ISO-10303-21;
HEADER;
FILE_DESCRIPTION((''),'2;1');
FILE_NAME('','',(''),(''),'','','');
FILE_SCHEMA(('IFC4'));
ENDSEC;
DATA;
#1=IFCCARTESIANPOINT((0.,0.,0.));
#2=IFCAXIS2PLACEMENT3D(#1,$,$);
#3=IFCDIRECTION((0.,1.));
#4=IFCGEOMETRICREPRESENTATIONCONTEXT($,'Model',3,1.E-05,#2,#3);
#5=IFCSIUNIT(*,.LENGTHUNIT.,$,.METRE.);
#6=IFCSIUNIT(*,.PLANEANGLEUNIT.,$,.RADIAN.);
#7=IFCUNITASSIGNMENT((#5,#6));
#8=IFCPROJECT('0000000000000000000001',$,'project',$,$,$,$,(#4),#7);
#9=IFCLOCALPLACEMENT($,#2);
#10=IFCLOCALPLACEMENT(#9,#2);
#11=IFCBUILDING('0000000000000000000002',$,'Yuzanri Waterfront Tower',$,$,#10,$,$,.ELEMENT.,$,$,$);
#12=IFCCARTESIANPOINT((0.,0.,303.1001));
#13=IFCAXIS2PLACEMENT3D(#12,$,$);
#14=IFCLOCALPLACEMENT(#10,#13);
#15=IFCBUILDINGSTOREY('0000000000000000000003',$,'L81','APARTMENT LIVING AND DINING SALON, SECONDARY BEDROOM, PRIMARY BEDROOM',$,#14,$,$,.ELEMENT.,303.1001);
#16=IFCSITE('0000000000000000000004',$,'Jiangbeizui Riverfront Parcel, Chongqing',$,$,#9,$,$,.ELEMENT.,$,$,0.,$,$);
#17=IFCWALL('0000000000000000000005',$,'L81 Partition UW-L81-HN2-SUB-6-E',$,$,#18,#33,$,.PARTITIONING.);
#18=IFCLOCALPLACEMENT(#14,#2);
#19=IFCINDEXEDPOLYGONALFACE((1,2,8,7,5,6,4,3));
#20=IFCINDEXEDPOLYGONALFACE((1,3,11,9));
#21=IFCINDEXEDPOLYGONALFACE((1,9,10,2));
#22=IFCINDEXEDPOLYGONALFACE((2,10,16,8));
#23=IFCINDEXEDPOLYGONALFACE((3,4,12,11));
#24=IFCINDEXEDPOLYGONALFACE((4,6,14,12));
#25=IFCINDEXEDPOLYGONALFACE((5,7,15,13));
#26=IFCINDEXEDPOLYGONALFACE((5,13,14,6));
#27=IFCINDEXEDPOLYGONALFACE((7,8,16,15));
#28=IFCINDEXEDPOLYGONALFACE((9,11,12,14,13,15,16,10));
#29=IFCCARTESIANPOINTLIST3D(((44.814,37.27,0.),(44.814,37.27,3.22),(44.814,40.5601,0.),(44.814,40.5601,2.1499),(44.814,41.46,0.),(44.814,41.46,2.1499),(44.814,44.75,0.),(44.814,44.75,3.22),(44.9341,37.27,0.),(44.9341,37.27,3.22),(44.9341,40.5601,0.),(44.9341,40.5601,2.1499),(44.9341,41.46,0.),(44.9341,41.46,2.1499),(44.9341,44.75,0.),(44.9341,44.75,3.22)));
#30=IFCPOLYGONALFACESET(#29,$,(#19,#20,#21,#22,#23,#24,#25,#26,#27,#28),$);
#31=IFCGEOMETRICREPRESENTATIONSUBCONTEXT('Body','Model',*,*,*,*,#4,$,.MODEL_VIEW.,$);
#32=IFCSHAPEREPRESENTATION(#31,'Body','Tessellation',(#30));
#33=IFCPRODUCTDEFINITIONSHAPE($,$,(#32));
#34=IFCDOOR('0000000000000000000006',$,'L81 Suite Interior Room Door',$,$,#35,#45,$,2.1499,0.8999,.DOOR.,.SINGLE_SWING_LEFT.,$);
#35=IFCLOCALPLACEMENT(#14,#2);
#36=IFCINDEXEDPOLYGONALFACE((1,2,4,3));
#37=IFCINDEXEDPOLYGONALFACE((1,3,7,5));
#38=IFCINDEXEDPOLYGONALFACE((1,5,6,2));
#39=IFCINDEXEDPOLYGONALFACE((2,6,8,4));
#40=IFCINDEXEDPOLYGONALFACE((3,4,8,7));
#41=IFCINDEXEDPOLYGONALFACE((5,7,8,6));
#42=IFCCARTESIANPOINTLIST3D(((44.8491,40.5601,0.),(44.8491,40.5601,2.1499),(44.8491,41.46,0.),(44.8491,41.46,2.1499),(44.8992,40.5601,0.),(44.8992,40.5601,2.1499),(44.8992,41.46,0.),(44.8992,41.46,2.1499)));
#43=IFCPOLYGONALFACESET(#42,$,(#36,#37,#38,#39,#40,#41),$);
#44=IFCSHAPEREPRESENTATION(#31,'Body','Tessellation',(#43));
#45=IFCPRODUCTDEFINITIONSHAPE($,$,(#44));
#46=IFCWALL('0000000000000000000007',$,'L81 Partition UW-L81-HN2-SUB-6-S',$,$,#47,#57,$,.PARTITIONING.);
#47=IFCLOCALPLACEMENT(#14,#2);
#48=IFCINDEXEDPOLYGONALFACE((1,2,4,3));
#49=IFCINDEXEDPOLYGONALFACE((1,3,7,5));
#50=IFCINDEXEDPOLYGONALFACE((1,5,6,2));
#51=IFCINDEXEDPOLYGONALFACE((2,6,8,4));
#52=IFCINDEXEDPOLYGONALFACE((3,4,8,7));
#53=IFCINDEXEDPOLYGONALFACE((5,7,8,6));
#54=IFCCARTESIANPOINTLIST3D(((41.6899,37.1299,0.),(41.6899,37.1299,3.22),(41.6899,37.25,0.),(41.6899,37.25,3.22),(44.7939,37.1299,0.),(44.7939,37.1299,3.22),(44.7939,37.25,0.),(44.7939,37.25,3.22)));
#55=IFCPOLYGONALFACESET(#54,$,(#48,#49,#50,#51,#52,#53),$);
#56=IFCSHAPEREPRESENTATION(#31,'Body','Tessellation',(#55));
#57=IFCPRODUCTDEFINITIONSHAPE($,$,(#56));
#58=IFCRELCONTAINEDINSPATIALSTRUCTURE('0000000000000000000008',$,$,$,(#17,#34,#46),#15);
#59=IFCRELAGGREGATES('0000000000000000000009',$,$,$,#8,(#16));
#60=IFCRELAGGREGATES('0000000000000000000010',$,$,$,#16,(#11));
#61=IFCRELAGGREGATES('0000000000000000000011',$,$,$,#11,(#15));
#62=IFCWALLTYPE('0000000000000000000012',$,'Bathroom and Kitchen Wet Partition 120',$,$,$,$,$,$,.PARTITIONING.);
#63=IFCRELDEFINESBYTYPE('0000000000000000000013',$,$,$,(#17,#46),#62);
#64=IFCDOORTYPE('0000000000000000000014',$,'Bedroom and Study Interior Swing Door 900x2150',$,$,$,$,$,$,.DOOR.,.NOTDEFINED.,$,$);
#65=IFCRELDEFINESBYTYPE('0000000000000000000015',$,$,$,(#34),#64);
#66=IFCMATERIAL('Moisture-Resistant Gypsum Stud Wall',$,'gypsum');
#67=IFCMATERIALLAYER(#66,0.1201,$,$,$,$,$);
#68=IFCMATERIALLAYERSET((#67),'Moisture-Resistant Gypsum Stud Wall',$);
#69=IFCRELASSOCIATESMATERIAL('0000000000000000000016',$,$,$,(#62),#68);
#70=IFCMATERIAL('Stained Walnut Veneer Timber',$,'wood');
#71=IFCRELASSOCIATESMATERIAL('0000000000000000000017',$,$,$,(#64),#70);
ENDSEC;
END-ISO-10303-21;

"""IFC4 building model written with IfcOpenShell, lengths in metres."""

from ifc_helpers import new_model, si_unit, direction, frame, frame_2d, origin, place, context, subcontext, project, spatial, rectangle, extrude, source, transform, mapped, material, layer, layer_set, type_object, element, fill, save


model = new_model("IFC4")

# Units and contexts
model_context = context("Model", 3, precision=1e-05, world=origin(), true_north=direction((0.0, 1.0)))
body_context = subcontext(model_context, "Body", "Model", "MODEL_VIEW")
ifc_project = project(units=[si_unit("LENGTHUNIT", "METRE"), si_unit("PLANEANGLEUNIT", "RADIAN")], contexts=[model_context])

# Site, building, storey
site_placement = place(None, origin())
site = spatial("IfcSite", under=ifc_project, at=site_placement, Name="Jiangbeizui Riverfront Parcel, Chongqing", CompositionType="ELEMENT", RefElevation=0.0)
building_placement = place(site_placement, origin())
building = spatial("IfcBuilding", under=site, at=building_placement, Name="Yuzanri Waterfront Tower", CompositionType="ELEMENT")
storey_placement = place(building_placement, frame((0.0, 0.0, 303.1001)))
storey = spatial("IfcBuildingStorey", under=building, at=storey_placement, Name="L81", Description="APARTMENT LIVING AND DINING SALON, SECONDARY BEDROOM, PRIMARY BEDROOM", CompositionType="ELEMENT", Elevation=303.1001)

# Wall, opening, door
ifc_material_1 = material(Name="Moisture-Resistant Gypsum Stud Wall", Category="gypsum")
ifc_layer_1 = layer(ifc_material_1, 0.1201)
ifc_layer_set_1 = layer_set([ifc_layer_1], Name="Moisture-Resistant Gypsum Stud Wall")
wall_type = type_object("IfcWallType", Name="Bathroom and Kitchen Wet Partition 120", PredefinedType="PARTITIONING", material=ifc_layer_set_1)
ifc_material_2 = material(Name="Stained Walnut Veneer Timber", Category="wood")
door_type_1 = type_object("IfcDoorType", Name="Bedroom and Study Interior Swing Door 900x2150", OperationType="NOTDEFINED", PredefinedType="DOOR", material=ifc_material_2)
shared_shape_1 = source(origin(), body_context, "Body", "SweptSolid", [
    extrude(rectangle(XDim=0.8999, YDim=2.1499, at=frame_2d((0.45, 1.075))), frame((0.0, 0.0249, 0.0), z_axis=(0.0, -1.0, 0.0), x_axis=(1.0, 0.0, 0.0)), (0.0, 0.0, 1.0), 0.05),
])
wall_1_placement = place(storey_placement, frame((44.874, 37.27, 0.0), z_axis=(0.0, 0.0, 1.0), x_axis=(0.0, 1.0, 0.0)))
wall_1 = element("IfcWall", 1, at=wall_1_placement, inside=storey, type_object=wall_type, Name="L81 Partition UW-L81-HN2-SUB-6-E", PredefinedType="PARTITIONING", context=body_context, shape_type="SweptSolid", body=[
    extrude(rectangle(XDim=7.48, YDim=0.1201, at=frame_2d((3.74, 0.0))), origin(), (0.0, 0.0, 1.0), 3.22),
])
opening_1_placement = place(wall_1_placement, frame((3.29, 0.0, 0.0)))
opening_1 = element("IfcOpeningElement", 2, at=opening_1_placement, cuts=wall_1, PredefinedType="OPENING", context=body_context, shape_type="SweptSolid", body=[
    extrude(rectangle(XDim=0.8999, YDim=2.1499, at=frame_2d((0.45, 1.075))), frame((0.0, 0.075, 0.0), z_axis=(0.0, -1.0, 0.0), x_axis=(1.0, 0.0, 0.0)), (0.0, 0.0, 1.0), 0.1499),
])
door_1_placement = place(opening_1_placement, origin())
door_1 = element("IfcDoor", 3, at=door_1_placement, inside=storey, type_object=door_type_1, Name="L81 Suite Interior Room Door", OperationType="SINGLE_SWING_LEFT", OverallHeight=2.1499, OverallWidth=0.8999, PredefinedType="DOOR", context=body_context, shape_type="MappedRepresentation", body=[
    mapped(shared_shape_1, transform((0.0, 0.0, 0.0), scale=1.0)),
])
fill(opening_1, door_1)

# Wall
shared_shape_2 = source(origin(), body_context, "Body", "SweptSolid", [
    extrude(rectangle(XDim=3.104, YDim=0.1201, at=frame_2d((1.552, 0.0))), origin(), (0.0, 0.0, 1.0), 3.22),
])
wall_2_placement = place(storey_placement, frame((41.6899, 37.1899, 0.0), z_axis=(0.0, 0.0, 1.0), x_axis=(1.0, 0.0, 0.0)))
element("IfcWall", 4, at=wall_2_placement, inside=storey, type_object=wall_type, Name="L81 Partition UW-L81-HN2-SUB-6-S", PredefinedType="PARTITIONING", context=body_context, shape_type="MappedRepresentation", body=[
    mapped(shared_shape_2, transform((0.0, 0.0, 0.0), scale=1.0)),
])

save(model, "model.ifc")
